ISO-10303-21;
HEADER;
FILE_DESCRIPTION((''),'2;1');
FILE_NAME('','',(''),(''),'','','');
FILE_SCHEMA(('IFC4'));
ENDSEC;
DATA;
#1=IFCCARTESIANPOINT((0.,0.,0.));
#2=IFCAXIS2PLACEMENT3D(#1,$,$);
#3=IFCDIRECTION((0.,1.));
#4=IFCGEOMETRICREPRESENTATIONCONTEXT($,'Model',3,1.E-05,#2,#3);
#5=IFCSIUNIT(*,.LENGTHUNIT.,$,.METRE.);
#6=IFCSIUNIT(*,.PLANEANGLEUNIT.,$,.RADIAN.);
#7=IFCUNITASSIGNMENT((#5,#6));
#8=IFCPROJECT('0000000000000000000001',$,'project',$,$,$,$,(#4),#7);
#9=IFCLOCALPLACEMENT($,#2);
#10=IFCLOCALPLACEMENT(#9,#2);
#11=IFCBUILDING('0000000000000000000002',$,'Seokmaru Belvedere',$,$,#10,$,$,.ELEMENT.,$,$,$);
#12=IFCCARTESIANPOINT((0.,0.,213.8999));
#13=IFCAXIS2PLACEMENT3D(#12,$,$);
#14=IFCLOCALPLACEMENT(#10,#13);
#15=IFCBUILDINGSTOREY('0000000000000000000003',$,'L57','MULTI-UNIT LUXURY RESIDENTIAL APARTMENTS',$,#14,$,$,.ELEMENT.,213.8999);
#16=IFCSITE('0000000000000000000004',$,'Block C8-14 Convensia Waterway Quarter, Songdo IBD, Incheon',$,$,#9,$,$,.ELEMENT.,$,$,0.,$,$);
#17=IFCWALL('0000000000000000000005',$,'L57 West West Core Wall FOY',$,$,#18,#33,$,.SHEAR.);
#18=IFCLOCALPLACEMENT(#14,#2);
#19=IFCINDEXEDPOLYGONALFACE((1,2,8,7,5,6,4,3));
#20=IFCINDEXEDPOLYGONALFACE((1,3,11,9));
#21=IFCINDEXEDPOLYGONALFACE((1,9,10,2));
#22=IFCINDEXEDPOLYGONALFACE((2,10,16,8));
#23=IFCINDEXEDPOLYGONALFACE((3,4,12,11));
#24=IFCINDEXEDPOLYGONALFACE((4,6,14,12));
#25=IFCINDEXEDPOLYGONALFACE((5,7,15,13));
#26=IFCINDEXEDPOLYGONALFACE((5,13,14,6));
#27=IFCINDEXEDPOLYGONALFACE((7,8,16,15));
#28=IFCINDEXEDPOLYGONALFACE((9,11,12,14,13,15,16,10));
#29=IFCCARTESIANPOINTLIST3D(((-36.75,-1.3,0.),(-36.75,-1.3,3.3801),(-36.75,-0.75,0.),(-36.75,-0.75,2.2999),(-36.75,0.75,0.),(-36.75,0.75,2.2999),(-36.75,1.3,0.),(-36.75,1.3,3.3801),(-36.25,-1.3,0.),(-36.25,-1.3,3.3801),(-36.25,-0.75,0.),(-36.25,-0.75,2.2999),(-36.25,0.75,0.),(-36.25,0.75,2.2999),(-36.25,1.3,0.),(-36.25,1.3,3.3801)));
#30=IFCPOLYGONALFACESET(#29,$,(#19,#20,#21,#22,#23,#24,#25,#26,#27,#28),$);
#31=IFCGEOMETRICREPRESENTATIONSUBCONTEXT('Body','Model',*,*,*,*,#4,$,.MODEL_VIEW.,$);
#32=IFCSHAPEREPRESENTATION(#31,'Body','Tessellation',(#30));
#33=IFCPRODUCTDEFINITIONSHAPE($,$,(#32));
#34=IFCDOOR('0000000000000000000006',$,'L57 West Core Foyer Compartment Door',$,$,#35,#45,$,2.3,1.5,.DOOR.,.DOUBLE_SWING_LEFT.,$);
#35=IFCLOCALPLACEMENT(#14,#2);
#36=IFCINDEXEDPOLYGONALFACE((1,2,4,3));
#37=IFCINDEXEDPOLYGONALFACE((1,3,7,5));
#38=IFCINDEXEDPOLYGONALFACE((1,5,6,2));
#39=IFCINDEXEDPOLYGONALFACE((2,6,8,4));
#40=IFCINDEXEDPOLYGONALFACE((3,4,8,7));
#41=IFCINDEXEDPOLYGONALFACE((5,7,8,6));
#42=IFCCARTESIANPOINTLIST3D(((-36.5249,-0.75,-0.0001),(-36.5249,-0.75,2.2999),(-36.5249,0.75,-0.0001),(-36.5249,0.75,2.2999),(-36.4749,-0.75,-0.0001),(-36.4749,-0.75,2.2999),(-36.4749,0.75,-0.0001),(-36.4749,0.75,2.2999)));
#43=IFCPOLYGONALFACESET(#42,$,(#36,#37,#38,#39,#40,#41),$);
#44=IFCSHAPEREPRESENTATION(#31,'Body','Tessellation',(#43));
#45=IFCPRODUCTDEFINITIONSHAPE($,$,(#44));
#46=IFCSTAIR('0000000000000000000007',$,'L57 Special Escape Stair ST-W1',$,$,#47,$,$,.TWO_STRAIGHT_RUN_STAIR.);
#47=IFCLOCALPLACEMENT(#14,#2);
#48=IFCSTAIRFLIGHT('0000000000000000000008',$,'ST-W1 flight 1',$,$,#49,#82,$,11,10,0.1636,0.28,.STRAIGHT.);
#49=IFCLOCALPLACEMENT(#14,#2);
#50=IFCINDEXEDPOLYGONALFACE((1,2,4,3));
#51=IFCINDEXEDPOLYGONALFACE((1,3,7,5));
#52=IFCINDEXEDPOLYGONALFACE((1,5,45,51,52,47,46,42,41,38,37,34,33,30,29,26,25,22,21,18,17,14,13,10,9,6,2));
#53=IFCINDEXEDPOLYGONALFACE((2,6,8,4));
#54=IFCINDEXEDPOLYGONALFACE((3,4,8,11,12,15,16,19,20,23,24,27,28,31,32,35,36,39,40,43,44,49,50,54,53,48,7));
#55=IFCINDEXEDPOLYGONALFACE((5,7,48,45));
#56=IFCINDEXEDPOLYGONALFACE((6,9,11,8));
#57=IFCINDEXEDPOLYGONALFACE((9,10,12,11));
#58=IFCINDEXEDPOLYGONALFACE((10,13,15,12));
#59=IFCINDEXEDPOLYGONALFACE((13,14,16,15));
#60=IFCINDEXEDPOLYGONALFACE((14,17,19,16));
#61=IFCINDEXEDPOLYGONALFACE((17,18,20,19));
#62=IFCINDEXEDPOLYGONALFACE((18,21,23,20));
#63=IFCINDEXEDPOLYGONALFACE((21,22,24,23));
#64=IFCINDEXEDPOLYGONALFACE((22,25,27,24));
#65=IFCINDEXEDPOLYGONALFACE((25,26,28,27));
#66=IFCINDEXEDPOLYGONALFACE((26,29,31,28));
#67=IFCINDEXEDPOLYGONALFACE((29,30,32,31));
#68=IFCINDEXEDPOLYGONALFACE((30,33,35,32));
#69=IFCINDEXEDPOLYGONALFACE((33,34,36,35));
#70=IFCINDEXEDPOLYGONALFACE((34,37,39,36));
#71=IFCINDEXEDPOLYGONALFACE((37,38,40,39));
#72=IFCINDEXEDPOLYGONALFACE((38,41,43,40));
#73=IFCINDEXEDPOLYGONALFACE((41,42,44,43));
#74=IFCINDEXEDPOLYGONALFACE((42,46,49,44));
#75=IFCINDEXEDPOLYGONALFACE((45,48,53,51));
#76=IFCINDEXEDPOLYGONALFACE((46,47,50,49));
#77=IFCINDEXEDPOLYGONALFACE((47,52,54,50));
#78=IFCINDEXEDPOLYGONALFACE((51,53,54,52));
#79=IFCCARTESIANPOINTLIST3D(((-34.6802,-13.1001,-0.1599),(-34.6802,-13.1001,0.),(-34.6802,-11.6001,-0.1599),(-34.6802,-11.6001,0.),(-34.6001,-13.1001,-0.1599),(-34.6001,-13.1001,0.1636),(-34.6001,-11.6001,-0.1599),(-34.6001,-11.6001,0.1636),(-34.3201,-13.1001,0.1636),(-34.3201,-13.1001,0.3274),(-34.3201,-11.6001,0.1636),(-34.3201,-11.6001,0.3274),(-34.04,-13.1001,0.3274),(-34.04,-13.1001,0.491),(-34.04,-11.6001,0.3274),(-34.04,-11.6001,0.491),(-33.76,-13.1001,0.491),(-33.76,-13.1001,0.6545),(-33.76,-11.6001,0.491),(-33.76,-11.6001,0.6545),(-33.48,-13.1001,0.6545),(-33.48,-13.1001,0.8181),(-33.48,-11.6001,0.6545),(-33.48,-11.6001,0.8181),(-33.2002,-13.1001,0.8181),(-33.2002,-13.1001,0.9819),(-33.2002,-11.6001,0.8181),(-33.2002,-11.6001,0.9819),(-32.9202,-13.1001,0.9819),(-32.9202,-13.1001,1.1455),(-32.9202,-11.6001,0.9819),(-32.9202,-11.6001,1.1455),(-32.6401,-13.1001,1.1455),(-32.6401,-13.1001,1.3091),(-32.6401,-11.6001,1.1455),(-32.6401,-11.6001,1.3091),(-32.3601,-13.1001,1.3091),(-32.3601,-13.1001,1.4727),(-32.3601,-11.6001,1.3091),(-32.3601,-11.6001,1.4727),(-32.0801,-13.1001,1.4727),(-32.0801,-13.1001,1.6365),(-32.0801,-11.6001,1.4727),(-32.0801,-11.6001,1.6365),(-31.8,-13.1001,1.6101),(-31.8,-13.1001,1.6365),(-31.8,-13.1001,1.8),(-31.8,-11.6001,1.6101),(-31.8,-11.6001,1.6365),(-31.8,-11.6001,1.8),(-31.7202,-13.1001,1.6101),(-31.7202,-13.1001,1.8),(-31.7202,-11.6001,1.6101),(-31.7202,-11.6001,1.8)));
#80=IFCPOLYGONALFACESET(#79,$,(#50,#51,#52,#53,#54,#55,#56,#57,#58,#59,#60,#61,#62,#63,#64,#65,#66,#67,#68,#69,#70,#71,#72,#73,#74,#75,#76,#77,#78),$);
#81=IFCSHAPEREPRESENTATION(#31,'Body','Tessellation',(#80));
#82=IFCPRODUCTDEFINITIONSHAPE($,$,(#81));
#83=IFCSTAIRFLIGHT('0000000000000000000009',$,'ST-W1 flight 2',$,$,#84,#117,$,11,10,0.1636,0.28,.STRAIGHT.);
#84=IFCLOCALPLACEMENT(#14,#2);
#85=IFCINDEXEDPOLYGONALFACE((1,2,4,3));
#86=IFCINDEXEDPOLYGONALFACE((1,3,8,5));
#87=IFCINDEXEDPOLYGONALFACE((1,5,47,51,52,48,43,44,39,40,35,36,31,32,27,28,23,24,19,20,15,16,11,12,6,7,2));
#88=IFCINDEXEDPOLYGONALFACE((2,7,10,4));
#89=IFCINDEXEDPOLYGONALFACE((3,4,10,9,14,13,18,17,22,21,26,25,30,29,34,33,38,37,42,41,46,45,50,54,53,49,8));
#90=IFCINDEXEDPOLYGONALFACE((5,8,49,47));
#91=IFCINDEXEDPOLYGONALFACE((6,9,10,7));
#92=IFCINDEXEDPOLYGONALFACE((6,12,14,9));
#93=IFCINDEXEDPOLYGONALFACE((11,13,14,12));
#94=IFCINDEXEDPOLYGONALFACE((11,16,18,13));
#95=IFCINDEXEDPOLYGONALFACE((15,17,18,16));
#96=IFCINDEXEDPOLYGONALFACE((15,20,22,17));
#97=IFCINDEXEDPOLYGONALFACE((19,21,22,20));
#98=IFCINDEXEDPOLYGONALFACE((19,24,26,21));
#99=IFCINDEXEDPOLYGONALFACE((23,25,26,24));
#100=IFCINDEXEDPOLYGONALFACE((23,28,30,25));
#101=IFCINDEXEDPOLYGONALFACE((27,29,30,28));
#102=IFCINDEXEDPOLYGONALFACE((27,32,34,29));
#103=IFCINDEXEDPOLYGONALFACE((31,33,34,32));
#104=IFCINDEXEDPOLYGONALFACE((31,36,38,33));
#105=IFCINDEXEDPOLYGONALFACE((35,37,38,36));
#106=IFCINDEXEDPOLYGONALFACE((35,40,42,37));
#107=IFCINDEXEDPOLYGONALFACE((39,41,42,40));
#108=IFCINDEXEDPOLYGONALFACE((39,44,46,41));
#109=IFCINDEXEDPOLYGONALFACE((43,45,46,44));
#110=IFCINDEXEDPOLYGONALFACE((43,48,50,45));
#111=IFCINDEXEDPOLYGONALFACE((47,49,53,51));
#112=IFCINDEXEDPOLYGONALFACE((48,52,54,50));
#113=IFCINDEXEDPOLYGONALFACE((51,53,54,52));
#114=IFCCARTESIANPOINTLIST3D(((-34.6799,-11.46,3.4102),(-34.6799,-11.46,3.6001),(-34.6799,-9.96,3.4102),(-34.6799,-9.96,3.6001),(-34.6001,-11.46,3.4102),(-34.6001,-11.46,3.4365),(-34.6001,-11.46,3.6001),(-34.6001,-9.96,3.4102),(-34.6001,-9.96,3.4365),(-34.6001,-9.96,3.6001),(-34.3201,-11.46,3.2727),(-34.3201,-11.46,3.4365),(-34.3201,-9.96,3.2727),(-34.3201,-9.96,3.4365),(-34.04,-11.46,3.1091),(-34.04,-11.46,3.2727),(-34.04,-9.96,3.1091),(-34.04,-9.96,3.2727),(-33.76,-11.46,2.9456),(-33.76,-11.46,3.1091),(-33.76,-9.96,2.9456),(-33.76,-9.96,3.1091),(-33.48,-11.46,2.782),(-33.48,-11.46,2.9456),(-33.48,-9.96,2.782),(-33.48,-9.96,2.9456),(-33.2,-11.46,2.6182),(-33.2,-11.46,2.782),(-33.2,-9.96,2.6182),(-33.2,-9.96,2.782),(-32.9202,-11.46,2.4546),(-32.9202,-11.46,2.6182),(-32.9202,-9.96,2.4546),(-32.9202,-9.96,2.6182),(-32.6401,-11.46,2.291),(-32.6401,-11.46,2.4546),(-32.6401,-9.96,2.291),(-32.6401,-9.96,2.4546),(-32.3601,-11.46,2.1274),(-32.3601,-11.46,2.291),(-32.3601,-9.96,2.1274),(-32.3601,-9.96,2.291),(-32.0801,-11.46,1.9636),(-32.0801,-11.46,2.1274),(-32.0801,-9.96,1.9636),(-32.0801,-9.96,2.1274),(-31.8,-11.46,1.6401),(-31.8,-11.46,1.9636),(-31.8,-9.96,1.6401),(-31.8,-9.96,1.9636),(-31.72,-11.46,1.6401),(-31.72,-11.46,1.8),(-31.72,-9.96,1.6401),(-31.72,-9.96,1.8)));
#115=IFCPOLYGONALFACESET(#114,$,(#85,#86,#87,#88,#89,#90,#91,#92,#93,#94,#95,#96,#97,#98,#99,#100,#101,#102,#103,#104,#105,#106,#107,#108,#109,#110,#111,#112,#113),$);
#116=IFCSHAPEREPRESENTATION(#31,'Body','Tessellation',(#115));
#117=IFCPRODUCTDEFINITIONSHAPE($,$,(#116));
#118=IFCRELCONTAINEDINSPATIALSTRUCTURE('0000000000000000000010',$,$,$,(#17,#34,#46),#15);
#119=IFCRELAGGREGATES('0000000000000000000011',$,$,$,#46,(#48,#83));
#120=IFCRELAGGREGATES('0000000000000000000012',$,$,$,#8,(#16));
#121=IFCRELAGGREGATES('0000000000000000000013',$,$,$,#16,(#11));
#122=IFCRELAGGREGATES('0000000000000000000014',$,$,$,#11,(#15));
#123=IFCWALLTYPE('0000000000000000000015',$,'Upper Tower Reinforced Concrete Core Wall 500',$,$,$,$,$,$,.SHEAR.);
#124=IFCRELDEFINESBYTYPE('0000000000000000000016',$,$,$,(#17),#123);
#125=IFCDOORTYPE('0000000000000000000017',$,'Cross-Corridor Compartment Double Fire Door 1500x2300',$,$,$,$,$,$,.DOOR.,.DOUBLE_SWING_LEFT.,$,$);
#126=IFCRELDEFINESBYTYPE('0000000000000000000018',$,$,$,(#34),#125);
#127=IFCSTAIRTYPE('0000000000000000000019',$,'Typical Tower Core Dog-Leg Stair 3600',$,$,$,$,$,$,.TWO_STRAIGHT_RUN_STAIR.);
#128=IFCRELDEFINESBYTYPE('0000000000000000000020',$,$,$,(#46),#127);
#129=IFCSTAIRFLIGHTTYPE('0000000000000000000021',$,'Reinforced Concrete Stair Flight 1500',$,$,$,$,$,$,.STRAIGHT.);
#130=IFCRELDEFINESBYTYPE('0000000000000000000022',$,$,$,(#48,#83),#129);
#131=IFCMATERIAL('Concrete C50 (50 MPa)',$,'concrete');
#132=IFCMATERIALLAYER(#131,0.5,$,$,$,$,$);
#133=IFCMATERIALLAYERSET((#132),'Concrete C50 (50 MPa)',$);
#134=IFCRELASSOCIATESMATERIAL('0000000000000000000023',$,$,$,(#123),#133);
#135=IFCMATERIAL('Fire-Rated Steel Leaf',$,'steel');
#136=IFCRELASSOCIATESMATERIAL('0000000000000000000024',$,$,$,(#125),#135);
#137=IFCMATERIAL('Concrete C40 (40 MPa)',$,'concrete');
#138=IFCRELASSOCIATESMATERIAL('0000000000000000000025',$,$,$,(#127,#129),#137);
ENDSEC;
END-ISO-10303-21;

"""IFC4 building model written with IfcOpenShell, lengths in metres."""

from ifc_helpers import new_model, si_unit, direction, frame, frame_2d, origin, place, context, subcontext, project, spatial, polyline, rectangle, outline, extrude, source, transform, mapped, material, layer, layer_set, type_object, type_shapes, element, fill, aggregate, save


model = new_model("IFC4")

# Units and contexts
model_context = context("Model", 3, precision=1e-05, world=origin(), true_north=direction((0.0, 1.0)))
body_context = subcontext(model_context, "Body", "Model", "MODEL_VIEW")
ifc_project = project(units=[si_unit("LENGTHUNIT", "METRE"), si_unit("PLANEANGLEUNIT", "RADIAN")], contexts=[model_context])

# Site, building, storey
site_placement = place(None, origin())
site = spatial("IfcSite", under=ifc_project, at=site_placement, Name="Block C8-14 Convensia Waterway Quarter, Songdo IBD, Incheon", CompositionType="ELEMENT", RefElevation=0.0)
building_placement = place(site_placement, origin())
building = spatial("IfcBuilding", under=site, at=building_placement, Name="Seokmaru Belvedere", CompositionType="ELEMENT")
storey_placement = place(building_placement, frame((0.0, 0.0, 213.8999)))
storey = spatial("IfcBuildingStorey", under=building, at=storey_placement, Name="L57", Description="MULTI-UNIT LUXURY RESIDENTIAL APARTMENTS", CompositionType="ELEMENT", Elevation=213.8999)

# Shared definitions
ifc_material_1 = material(Name="Fire-Rated Steel Leaf", Category="steel")

# Shared definitions
ifc_material_2 = material(Name="Concrete C50 (50 MPa)", Category="concrete")

# Shared definitions
ifc_layer_1 = layer(ifc_material_2, 0.5)
ifc_layer_set_1 = layer_set([ifc_layer_1], Name="Concrete C50 (50 MPa)")
wall_type_1 = type_object("IfcWallType", Name="Upper Tower Reinforced Concrete Core Wall 500", PredefinedType="SHEAR", material=ifc_layer_set_1)

# Wall, opening, door
wall_1_placement = place(storey_placement, frame((-36.5, -1.3, 0.0), z_axis=(0.0, 0.0, 1.0), x_axis=(0.0, 1.0, 0.0)))
wall_1 = element("IfcWall", 1, at=wall_1_placement, inside=storey, type_object=wall_type_1, Name="L57 West West Core Wall FOY", PredefinedType="SHEAR", context=body_context, shape_type="SweptSolid", body=[
    extrude(rectangle(XDim=2.6001, YDim=0.5, at=frame_2d((1.3, 0.0))), origin(), (0.0, 0.0, 1.0), 3.3801),
])
opening_1_placement = place(wall_1_placement, frame((0.55, 0.0, 0.0)))
opening_1 = element("IfcOpeningElement", 2, at=opening_1_placement, cuts=wall_1, PredefinedType="OPENING", context=body_context, shape_type="SweptSolid", body=[
    extrude(rectangle(XDim=1.5, YDim=2.3, at=frame_2d((0.75, 1.1499))), frame((0.0, 0.26, 0.0), z_axis=(0.0, -1.0, 0.0), x_axis=(1.0, 0.0, 0.0)), (0.0, 0.0, 1.0), 0.52),
])
door_type_1 = type_object("IfcDoorType", Name="Cross-Corridor Compartment Double Fire Door 1500x2300", OperationType="DOUBLE_SWING_LEFT", PredefinedType="DOOR", material=ifc_material_1)
shared_shape_1 = source(origin(), body_context, "Body", "SweptSolid", [
    extrude(rectangle(XDim=1.5, YDim=2.3, at=frame_2d((0.75, 1.1499))), frame((0.0, 0.0249, 0.0), z_axis=(0.0, -1.0, 0.0), x_axis=(1.0, 0.0, 0.0)), (0.0, 0.0, 1.0), 0.05),
])
type_shapes(door_type_1, [shared_shape_1])
door_1_placement = place(opening_1_placement, origin())
door_1 = element("IfcDoor", 3, at=door_1_placement, inside=storey, type_object=door_type_1, Name="L57 West Core Foyer Compartment Door", OperationType="DOUBLE_SWING_LEFT", OverallHeight=2.3, OverallWidth=1.5, PredefinedType="DOOR", context=body_context, shape_type="MappedRepresentation", body=[
    mapped(shared_shape_1, transform((0.0, 0.0, 0.0), scale=1.0)),
])
fill(opening_1, door_1)

# Stair, stair flights
ifc_material_3 = material(Name="Concrete C40 (40 MPa)", Category="concrete")
stair_type = type_object("IfcStairType", Name="Typical Tower Core Dog-Leg Stair 3600", PredefinedType="TWO_STRAIGHT_RUN_STAIR", material=ifc_material_3)
stair_placement = place(storey_placement, origin())
stair = element("IfcStair", 4, at=stair_placement, inside=storey, type_object=stair_type, Name="L57 Special Escape Stair ST-W1", PredefinedType="TWO_STRAIGHT_RUN_STAIR")
stair_flight_type = type_object("IfcStairFlightType", Name="Reinforced Concrete Stair Flight 1500", PredefinedType="STRAIGHT", material=ifc_material_3)
stair_flight_1_placement = place(storey_placement, frame((-34.6001, -12.3501, 0.0), z_axis=(0.0, 0.0, 1.0), x_axis=(1.0, 0.0, 0.0)))
stair_flight_1 = element("IfcStairFlight", 5, at=stair_flight_1_placement, type_object=stair_flight_type, Name="ST-W1 flight 1", NumberOfRisers=11, NumberOfTreads=10, PredefinedType="STRAIGHT", RiserHeight=0.1636, TreadLength=0.28, context=body_context, shape_type="SweptSolid", body=[
    extrude(outline(polyline([(-0.0801, 0.0), (0.0, 0.1636), (0.28, 0.1636), (0.28, 0.3274), (0.5601, 0.3274), (0.5601, 0.491), (0.8401, 0.491), (0.8401, 0.6545), (1.1201, 0.6545), (1.1201, 0.8181), (1.3999, 0.8181), (1.3999, 0.9819), (1.6799, 0.9819), (1.6799, 1.1455), (1.96, 1.1455), (1.96, 1.3091), (2.24, 1.3091), (2.24, 1.4727), (2.52, 1.4727), (2.52, 1.6365), (2.8, 1.6365), (2.8, 1.8), (2.8799, 1.8), (2.8799, 1.6101), (2.8, 1.6101), (0.0, -0.1599), (-0.0801, -0.1599), (-0.0801, 0.0)])), frame((0.0, 0.75, 0.0), z_axis=(0.0, -1.0, 0.0), x_axis=(1.0, 0.0, 0.0)), (0.0, 0.0, 1.0), 1.5),
])
stair_flight_2_placement = place(storey_placement, frame((-31.8, -10.71, 1.8), z_axis=(0.0, 0.0, 1.0), x_axis=(-1.0, 0.0, 0.0)))
stair_flight_2 = element("IfcStairFlight", 6, at=stair_flight_2_placement, type_object=stair_flight_type, Name="ST-W1 flight 2", NumberOfRisers=11, NumberOfTreads=10, PredefinedType="STRAIGHT", RiserHeight=0.1636, TreadLength=0.28, context=body_context, shape_type="SweptSolid", body=[
    extrude(outline(polyline([(-0.0801, 0.0), (0.0, 0.1636), (0.28, 0.1636), (0.28, 0.3274), (0.5601, 0.3274), (0.5601, 0.491), (0.8401, 0.491), (0.8401, 0.6545), (1.1201, 0.6545), (1.1201, 0.8181), (1.3999, 0.8181), (1.3999, 0.9819), (1.6799, 0.9819), (1.6799, 1.1455), (1.96, 1.1455), (1.96, 1.3091), (2.24, 1.3091), (2.24, 1.4727), (2.52, 1.4727), (2.52, 1.6365), (2.8, 1.6365), (2.8, 1.8), (2.8799, 1.8), (2.8799, 1.6101), (2.8, 1.6101), (0.0, -0.1599), (-0.0801, -0.1599), (-0.0801, 0.0)])), frame((0.0, 0.75, 0.0), z_axis=(0.0, -1.0, 0.0), x_axis=(1.0, 0.0, 0.0)), (0.0, 0.0, 1.0), 1.5),
])
aggregate(stair, [stair_flight_1, stair_flight_2])

save(model, "model.ifc")
